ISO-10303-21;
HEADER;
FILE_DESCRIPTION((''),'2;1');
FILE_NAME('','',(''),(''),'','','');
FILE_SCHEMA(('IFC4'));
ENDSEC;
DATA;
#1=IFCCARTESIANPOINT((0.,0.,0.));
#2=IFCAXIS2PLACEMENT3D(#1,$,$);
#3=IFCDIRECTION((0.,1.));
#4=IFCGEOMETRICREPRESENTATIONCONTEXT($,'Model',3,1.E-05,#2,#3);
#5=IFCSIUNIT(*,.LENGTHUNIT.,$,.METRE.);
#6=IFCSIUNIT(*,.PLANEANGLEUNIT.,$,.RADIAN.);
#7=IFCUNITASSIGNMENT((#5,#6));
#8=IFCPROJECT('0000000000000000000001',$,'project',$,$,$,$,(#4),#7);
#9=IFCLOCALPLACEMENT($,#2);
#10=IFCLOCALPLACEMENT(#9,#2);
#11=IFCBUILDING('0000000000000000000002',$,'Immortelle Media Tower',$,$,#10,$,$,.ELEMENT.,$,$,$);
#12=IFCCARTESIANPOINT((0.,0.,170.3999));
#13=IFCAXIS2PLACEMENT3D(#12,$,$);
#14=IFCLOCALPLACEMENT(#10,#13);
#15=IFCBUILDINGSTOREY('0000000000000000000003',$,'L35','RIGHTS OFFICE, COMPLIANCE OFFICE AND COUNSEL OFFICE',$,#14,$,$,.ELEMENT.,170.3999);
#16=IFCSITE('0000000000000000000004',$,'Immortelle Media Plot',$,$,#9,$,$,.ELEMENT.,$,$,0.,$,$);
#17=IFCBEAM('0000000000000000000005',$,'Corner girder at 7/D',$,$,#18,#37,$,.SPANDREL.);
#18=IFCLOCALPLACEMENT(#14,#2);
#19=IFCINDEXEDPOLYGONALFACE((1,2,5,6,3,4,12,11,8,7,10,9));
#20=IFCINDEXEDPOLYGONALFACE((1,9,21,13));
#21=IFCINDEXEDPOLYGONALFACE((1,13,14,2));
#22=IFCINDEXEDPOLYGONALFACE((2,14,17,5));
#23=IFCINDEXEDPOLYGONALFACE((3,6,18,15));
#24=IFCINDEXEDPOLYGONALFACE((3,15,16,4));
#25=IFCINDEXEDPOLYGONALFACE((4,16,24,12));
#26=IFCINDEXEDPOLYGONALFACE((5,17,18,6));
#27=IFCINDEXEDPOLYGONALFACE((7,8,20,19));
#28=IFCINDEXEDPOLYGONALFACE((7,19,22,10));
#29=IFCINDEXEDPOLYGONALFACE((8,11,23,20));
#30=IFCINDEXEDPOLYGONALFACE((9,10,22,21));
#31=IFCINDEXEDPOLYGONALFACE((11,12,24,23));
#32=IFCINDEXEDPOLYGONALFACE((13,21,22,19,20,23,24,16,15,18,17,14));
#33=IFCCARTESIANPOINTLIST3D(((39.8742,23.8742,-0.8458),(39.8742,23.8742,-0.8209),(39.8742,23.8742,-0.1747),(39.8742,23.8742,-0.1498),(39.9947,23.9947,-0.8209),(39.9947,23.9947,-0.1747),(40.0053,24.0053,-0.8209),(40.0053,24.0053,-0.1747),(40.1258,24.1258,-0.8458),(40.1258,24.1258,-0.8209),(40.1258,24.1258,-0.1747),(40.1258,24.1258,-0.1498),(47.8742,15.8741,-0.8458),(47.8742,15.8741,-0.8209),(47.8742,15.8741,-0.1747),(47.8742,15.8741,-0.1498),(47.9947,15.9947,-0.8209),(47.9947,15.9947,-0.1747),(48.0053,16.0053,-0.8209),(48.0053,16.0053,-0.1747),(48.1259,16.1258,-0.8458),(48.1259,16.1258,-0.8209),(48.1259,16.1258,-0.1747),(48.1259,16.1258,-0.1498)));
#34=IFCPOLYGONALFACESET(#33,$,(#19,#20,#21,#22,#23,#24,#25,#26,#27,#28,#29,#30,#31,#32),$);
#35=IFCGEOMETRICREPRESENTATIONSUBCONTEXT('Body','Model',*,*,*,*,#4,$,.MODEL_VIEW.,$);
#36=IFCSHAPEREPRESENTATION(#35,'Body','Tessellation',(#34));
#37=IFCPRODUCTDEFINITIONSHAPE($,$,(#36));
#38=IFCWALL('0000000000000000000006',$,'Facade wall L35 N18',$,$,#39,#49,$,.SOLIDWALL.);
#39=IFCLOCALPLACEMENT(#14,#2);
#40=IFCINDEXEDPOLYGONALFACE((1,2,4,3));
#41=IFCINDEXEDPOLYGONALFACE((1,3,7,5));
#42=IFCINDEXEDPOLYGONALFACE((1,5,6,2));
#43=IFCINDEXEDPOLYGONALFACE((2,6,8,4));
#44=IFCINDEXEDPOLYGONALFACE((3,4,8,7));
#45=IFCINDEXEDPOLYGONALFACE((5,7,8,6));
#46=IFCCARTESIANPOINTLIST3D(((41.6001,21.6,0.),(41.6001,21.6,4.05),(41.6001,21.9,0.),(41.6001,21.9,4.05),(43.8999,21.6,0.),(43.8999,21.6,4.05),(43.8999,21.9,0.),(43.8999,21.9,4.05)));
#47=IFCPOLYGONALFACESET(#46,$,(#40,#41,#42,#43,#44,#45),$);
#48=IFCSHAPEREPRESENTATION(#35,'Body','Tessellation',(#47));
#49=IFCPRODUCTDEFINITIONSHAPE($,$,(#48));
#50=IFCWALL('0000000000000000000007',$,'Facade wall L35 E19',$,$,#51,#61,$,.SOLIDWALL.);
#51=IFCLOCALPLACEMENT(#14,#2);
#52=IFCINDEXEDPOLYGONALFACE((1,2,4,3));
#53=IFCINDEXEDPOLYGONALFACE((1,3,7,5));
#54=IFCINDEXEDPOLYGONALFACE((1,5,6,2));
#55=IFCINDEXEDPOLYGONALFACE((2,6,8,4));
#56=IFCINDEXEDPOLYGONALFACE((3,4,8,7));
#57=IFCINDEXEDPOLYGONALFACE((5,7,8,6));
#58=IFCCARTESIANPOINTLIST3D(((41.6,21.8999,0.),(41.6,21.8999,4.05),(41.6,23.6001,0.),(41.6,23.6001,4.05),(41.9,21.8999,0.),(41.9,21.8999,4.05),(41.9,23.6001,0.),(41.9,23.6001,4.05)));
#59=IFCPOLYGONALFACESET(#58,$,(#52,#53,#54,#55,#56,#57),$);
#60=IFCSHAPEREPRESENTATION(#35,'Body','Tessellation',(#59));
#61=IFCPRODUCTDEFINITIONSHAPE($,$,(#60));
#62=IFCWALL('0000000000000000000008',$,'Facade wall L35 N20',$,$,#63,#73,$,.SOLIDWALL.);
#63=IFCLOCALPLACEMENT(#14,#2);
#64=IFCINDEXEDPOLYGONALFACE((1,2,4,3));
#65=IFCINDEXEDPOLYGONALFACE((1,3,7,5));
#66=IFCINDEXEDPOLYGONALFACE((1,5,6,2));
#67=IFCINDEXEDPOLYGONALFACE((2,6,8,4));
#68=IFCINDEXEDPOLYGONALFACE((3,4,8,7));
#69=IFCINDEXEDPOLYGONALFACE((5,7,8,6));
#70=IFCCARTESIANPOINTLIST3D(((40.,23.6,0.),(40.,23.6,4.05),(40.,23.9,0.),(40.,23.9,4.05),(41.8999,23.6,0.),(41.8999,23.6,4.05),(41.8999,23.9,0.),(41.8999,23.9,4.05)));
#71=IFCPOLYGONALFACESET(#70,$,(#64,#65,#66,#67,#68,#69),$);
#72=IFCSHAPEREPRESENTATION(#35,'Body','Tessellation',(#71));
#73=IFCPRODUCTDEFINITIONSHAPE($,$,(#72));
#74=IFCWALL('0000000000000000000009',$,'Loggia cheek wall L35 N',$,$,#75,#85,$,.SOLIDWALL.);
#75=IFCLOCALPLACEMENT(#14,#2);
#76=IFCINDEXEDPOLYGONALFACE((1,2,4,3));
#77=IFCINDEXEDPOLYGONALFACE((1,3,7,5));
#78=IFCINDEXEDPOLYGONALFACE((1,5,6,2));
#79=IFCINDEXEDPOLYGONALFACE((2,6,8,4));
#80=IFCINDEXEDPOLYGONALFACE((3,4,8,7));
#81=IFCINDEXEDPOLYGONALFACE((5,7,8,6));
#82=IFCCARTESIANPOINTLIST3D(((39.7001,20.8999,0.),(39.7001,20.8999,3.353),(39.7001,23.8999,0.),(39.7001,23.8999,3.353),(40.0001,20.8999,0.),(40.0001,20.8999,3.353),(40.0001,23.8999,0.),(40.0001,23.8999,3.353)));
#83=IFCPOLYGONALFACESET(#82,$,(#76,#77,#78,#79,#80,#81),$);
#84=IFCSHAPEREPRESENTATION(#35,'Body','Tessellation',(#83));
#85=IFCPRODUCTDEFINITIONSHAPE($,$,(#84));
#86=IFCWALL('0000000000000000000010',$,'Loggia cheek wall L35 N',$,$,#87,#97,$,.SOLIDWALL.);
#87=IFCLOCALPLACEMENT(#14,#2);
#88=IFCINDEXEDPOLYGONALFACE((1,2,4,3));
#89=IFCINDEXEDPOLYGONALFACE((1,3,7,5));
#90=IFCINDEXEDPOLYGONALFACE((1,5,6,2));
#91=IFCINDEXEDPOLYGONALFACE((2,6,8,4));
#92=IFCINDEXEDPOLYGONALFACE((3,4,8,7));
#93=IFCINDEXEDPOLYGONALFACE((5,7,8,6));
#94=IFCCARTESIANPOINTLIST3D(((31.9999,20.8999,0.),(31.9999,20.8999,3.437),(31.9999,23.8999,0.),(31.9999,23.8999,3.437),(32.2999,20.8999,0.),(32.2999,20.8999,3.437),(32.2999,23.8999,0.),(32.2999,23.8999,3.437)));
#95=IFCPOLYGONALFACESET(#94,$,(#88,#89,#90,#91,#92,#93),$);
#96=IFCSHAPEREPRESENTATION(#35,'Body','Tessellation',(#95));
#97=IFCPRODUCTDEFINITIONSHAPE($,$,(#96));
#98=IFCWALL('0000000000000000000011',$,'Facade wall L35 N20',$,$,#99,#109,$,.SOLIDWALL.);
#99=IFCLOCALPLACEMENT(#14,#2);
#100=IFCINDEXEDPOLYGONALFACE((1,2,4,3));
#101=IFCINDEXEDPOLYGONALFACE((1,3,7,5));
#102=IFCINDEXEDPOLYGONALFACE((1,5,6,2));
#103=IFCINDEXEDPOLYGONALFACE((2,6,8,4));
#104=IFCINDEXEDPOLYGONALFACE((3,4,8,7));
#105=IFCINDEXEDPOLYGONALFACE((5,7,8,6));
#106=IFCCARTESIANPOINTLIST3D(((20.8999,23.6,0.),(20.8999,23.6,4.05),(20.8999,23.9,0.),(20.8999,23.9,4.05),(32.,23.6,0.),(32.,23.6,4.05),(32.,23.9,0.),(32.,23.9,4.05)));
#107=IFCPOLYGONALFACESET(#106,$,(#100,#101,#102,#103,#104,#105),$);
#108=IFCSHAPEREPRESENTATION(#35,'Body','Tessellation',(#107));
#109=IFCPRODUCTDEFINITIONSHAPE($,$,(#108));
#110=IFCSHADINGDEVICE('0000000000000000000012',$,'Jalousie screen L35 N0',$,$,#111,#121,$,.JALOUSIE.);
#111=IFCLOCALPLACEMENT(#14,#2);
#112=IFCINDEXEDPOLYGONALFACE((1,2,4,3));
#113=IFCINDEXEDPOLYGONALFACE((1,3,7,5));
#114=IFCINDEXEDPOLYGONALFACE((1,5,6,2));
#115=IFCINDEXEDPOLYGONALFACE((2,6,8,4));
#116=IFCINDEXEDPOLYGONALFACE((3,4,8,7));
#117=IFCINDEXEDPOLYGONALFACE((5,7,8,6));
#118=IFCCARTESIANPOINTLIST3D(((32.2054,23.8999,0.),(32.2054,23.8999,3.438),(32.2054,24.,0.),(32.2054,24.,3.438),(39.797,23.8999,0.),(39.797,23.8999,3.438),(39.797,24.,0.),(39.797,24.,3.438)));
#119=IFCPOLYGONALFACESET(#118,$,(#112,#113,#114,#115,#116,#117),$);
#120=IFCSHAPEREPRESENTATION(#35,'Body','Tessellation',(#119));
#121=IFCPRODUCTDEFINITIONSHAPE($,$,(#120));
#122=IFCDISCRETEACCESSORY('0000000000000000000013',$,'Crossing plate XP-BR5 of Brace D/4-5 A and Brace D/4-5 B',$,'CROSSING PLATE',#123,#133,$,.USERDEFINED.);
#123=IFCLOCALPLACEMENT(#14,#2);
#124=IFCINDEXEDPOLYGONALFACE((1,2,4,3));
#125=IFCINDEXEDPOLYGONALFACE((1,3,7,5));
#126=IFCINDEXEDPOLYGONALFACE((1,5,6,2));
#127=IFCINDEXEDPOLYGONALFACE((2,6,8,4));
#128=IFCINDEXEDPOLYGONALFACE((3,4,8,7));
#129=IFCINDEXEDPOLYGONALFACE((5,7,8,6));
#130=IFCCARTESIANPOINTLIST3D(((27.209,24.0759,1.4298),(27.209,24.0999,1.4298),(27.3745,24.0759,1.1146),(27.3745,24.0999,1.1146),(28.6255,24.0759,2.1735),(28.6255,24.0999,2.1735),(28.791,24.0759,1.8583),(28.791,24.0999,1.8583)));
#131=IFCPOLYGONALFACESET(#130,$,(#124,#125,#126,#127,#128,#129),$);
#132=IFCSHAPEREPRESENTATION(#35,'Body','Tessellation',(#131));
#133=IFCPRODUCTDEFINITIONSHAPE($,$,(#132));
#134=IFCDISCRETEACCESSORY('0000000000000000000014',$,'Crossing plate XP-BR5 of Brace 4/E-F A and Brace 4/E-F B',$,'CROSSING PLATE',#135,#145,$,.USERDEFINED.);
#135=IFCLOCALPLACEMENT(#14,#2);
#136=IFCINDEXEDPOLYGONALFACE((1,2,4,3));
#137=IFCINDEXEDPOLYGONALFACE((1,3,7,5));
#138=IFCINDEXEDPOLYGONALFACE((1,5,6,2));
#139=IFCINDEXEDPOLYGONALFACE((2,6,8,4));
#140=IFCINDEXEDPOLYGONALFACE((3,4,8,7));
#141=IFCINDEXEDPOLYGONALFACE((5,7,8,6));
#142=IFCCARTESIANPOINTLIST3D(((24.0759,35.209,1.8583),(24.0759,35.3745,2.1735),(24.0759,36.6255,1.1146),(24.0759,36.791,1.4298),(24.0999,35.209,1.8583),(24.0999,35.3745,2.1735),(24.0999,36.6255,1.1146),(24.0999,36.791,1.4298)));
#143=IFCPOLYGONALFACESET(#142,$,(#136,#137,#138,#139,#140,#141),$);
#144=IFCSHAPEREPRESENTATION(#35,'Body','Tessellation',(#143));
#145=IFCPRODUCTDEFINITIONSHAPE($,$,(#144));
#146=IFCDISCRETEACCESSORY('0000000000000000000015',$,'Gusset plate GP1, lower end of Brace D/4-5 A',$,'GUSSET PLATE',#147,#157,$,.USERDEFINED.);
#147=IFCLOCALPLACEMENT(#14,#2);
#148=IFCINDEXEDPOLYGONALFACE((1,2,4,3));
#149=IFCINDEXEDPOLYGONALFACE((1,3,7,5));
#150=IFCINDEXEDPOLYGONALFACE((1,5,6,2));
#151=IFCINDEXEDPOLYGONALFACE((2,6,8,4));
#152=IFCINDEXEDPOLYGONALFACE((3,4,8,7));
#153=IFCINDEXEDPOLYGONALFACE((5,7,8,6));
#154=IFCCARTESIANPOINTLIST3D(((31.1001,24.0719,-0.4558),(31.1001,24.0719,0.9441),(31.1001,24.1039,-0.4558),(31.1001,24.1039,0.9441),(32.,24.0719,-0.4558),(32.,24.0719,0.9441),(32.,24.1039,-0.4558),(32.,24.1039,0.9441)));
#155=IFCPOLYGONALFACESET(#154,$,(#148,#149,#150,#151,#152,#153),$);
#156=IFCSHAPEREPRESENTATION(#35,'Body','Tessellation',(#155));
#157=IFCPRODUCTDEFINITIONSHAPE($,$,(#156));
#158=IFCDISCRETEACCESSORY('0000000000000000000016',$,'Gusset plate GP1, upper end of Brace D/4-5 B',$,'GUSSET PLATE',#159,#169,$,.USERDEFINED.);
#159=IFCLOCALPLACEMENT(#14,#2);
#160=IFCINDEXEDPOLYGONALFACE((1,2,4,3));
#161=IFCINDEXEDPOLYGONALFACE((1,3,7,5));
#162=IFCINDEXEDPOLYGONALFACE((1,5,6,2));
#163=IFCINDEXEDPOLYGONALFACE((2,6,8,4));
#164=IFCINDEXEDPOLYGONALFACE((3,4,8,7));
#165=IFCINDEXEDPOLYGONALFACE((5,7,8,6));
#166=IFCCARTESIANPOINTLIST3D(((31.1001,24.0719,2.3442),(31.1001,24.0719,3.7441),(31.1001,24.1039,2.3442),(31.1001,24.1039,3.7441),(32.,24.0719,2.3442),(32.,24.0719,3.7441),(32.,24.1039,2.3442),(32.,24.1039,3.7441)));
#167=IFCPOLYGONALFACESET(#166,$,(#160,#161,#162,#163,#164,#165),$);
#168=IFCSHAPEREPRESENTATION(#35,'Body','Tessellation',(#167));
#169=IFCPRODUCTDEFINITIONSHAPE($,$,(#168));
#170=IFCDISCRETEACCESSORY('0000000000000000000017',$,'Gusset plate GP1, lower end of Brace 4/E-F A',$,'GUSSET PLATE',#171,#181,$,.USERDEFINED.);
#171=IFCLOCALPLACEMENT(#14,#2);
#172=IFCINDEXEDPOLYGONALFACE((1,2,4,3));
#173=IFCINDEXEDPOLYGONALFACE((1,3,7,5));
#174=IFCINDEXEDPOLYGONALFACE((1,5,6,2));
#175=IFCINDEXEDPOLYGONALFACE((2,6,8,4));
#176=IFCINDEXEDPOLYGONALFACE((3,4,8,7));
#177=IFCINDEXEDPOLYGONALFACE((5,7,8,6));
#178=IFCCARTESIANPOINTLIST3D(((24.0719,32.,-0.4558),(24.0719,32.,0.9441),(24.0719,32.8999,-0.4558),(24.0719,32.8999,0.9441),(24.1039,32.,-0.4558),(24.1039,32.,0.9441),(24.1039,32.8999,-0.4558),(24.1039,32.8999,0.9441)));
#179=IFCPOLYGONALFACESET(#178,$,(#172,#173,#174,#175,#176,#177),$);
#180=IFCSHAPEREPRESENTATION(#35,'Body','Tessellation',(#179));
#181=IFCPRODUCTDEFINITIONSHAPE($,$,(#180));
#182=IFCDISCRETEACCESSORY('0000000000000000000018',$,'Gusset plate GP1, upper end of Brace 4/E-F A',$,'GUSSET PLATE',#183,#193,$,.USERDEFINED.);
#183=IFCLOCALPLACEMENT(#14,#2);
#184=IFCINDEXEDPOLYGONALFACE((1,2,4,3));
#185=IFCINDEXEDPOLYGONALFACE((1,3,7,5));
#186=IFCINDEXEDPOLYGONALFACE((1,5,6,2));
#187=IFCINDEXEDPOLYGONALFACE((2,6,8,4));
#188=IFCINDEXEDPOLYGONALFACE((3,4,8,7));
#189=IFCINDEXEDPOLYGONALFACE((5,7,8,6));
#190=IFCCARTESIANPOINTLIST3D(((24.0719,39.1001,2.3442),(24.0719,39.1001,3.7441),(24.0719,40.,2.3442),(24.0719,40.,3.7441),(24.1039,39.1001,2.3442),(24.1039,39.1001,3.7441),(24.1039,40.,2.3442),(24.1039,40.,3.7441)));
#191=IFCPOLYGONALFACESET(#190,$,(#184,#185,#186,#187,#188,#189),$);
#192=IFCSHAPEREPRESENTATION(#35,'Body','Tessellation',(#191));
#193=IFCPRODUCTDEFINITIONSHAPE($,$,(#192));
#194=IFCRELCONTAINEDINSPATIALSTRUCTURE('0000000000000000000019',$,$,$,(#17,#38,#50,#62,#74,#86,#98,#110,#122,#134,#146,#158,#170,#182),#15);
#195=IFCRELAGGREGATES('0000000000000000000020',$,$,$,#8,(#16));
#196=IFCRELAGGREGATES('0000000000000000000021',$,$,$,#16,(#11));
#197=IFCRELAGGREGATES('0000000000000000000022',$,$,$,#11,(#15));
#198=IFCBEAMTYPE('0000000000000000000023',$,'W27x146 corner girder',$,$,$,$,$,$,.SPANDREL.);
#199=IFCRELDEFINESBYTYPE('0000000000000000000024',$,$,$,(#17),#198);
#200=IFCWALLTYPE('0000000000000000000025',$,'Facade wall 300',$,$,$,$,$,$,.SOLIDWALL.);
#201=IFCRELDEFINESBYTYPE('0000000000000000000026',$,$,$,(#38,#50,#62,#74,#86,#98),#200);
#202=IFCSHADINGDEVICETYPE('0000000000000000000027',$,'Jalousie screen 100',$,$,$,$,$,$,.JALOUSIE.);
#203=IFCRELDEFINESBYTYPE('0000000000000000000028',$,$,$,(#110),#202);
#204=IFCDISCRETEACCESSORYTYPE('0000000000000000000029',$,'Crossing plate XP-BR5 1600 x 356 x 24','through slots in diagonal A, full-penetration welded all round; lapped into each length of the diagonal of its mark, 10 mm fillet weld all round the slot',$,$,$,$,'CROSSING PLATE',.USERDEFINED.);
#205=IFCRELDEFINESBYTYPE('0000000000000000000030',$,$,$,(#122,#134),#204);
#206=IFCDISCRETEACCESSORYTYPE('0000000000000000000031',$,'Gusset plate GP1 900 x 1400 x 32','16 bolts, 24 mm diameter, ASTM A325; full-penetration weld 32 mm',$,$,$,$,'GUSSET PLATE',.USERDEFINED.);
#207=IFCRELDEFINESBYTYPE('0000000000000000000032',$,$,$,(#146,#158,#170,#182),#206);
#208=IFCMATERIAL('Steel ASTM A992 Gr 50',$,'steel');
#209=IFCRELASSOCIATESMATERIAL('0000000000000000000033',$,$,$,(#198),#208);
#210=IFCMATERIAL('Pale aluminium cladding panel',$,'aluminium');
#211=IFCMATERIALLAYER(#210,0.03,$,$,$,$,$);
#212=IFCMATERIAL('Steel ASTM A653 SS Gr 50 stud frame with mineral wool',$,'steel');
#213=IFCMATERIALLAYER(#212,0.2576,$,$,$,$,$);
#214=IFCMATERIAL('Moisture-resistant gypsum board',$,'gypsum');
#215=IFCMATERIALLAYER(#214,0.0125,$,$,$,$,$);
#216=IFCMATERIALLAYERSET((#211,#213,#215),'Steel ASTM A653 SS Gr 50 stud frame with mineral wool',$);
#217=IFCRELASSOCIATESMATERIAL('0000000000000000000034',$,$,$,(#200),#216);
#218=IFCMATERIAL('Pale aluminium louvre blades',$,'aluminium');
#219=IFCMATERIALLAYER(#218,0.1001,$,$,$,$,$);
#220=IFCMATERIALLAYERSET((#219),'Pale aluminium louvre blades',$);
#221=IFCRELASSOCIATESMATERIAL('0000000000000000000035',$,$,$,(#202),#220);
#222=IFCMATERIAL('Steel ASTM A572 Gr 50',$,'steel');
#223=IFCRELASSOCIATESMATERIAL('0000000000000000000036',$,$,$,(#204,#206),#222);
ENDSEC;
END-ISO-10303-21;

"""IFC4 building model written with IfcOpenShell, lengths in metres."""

from ifc_helpers import new_model, si_unit, direction, frame, frame_2d, origin, origin_2d, place, context, subcontext, project, spatial, rectangle, i_section, extrude, material, layer, layer_set, material_profile, profile_set, type_object, element, save


model = new_model("IFC4")

# Units and contexts
model_context = context("Model", 3, precision=1e-05, world=origin(), true_north=direction((0.0, 1.0)))
body_context = subcontext(model_context, "Body", "Model", "MODEL_VIEW")
ifc_project = project(units=[si_unit("LENGTHUNIT", "METRE"), si_unit("PLANEANGLEUNIT", "RADIAN")], contexts=[model_context])

# Site, building, storey
site_placement = place(None, origin())
site = spatial("IfcSite", under=ifc_project, at=site_placement, Name="Immortelle Media Plot", CompositionType="ELEMENT", RefElevation=0.0)
building_placement = place(site_placement, origin())
building = spatial("IfcBuilding", under=site, at=building_placement, Name="Immortelle Media Tower", CompositionType="ELEMENT")
storey_placement = place(building_placement, frame((0.0, 0.0, 170.3999)))
storey = spatial("IfcBuildingStorey", under=building, at=storey_placement, Name="L35", Description="RIGHTS OFFICE, COMPLIANCE OFFICE AND COUNSEL OFFICE", CompositionType="ELEMENT", Elevation=170.3999)

# Shared definitions
ifc_material_1 = material(Name="Steel ASTM A992 Gr 50", Category="steel")

# Beam
ifc_material_profile_1 = material_profile(ifc_material_1, i_section(OverallWidth=0.356, OverallDepth=0.696, WebThickness=0.0149, FlangeThickness=0.0249, at=origin_2d()), Name="W27x146")
ifc_profile_set_1 = profile_set([ifc_material_profile_1], Name="Steel ASTM A992 Gr 50")
beam_type_1 = type_object("IfcBeamType", Name="W27x146 corner girder", PredefinedType="SPANDREL", material=ifc_profile_set_1)
beam_1_placement = place(storey_placement, frame((40.0, 24.0, -0.4978), z_axis=(0.707107, -0.707107, 0.0), x_axis=(0.707107, 0.707107, 0.0)))
element("IfcBeam", 1, at=beam_1_placement, inside=storey, type_object=beam_type_1, Name="Corner girder at 7/D", PredefinedType="SPANDREL", context=body_context, shape_type="SweptSolid", body=[
    extrude(i_section(OverallWidth=0.356, OverallDepth=0.696, WebThickness=0.0149, FlangeThickness=0.0249, at=origin_2d()), origin(), (0.0, 0.0, 1.0), 11.3137),
])

# Walls
ifc_material_2 = material(Name="Pale aluminium cladding panel", Category="aluminium")
ifc_layer_1 = layer(ifc_material_2, 0.03)
ifc_material_3 = material(Name="Steel ASTM A653 SS Gr 50 stud frame with mineral wool", Category="steel")
ifc_layer_2 = layer(ifc_material_3, 0.2576)
ifc_material_4 = material(Name="Moisture-resistant gypsum board", Category="gypsum")
ifc_layer_3 = layer(ifc_material_4, 0.0125)
ifc_layer_set_1 = layer_set([ifc_layer_1, ifc_layer_2, ifc_layer_3], Name="Steel ASTM A653 SS Gr 50 stud frame with mineral wool")
wall_type = type_object("IfcWallType", Name="Facade wall 300", PredefinedType="SOLIDWALL", material=ifc_layer_set_1)
wall_1_placement = place(storey_placement, frame((43.8999, 21.75, 0.0), z_axis=(0.0, 0.0, 1.0), x_axis=(-1.0, 0.0, 0.0)))
element("IfcWall", 2, at=wall_1_placement, inside=storey, type_object=wall_type, Name="Facade wall L35 N18", PredefinedType="SOLIDWALL", context=body_context, shape_type="SweptSolid", body=[
    extrude(rectangle(XDim=2.2998, YDim=0.3, at=frame_2d((1.1499, 0.0))), origin(), (0.0, 0.0, 1.0), 4.05),
])
wall_2_placement = place(storey_placement, frame((41.75, 21.8999, 0.0), z_axis=(0.0, 0.0, 1.0), x_axis=(0.0, 1.0, 0.0)))
element("IfcWall", 3, at=wall_2_placement, inside=storey, type_object=wall_type, Name="Facade wall L35 E19", PredefinedType="SOLIDWALL", context=body_context, shape_type="SweptSolid", body=[
    extrude(rectangle(XDim=1.7002, YDim=0.3, at=frame_2d((0.8501, 0.0))), origin(), (0.0, 0.0, 1.0), 4.05),
])
wall_3_placement = place(storey_placement, frame((41.8999, 23.75, 0.0), z_axis=(0.0, 0.0, 1.0), x_axis=(-1.0, 0.0, 0.0)))
element("IfcWall", 4, at=wall_3_placement, inside=storey, type_object=wall_type, Name="Facade wall L35 N20", PredefinedType="SOLIDWALL", context=body_context, shape_type="SweptSolid", body=[
    extrude(rectangle(XDim=1.8999, YDim=0.3, at=frame_2d((0.95, 0.0))), origin(), (0.0, 0.0, 1.0), 4.05),
])
wall_4_placement = place(storey_placement, frame((39.8501, 23.8999, 0.0), z_axis=(0.0, 0.0, 1.0), x_axis=(0.0, -1.0, 0.0)))
element("IfcWall", 5, at=wall_4_placement, inside=storey, type_object=wall_type, Name="Loggia cheek wall L35 N", PredefinedType="SOLIDWALL", context=body_context, shape_type="SweptSolid", body=[
    extrude(rectangle(XDim=3.0, YDim=0.3, at=frame_2d((1.5, 0.0))), origin(), (0.0, 0.0, 1.0), 3.353),
])
wall_5_placement = place(storey_placement, frame((32.1499, 23.8999, 0.0), z_axis=(0.0, 0.0, 1.0), x_axis=(0.0, -1.0, 0.0)))
element("IfcWall", 6, at=wall_5_placement, inside=storey, type_object=wall_type, Name="Loggia cheek wall L35 N", PredefinedType="SOLIDWALL", context=body_context, shape_type="SweptSolid", body=[
    extrude(rectangle(XDim=3.0, YDim=0.3, at=frame_2d((1.5, 0.0))), origin(), (0.0, 0.0, 1.0), 3.437),
])
wall_6_placement = place(storey_placement, frame((32.0, 23.75, 0.0), z_axis=(0.0, 0.0, 1.0), x_axis=(-1.0, 0.0, 0.0)))
element("IfcWall", 7, at=wall_6_placement, inside=storey, type_object=wall_type, Name="Facade wall L35 N20", PredefinedType="SOLIDWALL", context=body_context, shape_type="SweptSolid", body=[
    extrude(rectangle(XDim=11.1001, YDim=0.3, at=frame_2d((5.55, 0.0))), origin(), (0.0, 0.0, 1.0), 4.05),
])

# Shading device
ifc_material_5 = material(Name="Pale aluminium louvre blades", Category="aluminium")
ifc_layer_4 = layer(ifc_material_5, 0.1001)
ifc_layer_set_2 = layer_set([ifc_layer_4], Name="Pale aluminium louvre blades")
shading_device_type = type_object("IfcShadingDeviceType", Name="Jalousie screen 100", PredefinedType="JALOUSIE", material=ifc_layer_set_2)
shading_device_placement = place(storey_placement, frame((36.0012, 23.95, 0.0), z_axis=(0.0, 0.0, 1.0), x_axis=(-1.0, 0.0, 0.0)))
element("IfcShadingDevice", 8, at=shading_device_placement, inside=storey, type_object=shading_device_type, Name="Jalousie screen L35 N0", PredefinedType="JALOUSIE", context=body_context, shape_type="SweptSolid", body=[
    extrude(rectangle(XDim=7.5916, YDim=0.1001, at=origin_2d()), origin(), (0.0, 0.0, 1.0), 3.438),
])

# Discrete accessories
ifc_material_6 = material(Name="Steel ASTM A572 Gr 50", Category="steel")
ifc_material_profile_2 = material_profile(ifc_material_6, rectangle(XDim=0.0239, YDim=0.356, at=origin_2d()), Name="PL 24 x 356")
ifc_profile_set_2 = profile_set([ifc_material_profile_2], Name="Steel ASTM A572 Gr 50")
discrete_accessory_type_1 = type_object("IfcDiscreteAccessoryType", Name="Crossing plate XP-BR5 1600 x 356 x 24", Description="through slots in diagonal A, full-penetration welded all round; lapped into each length of the diagonal of its mark, 10 mm fillet weld all round the slot", ElementType="CROSSING PLATE", PredefinedType="USERDEFINED", material=ifc_profile_set_2)
for number, where, z_axis, x_axis, name in (
    (9, (28.7083, 24.0879, 2.0159), (-0.885401, 0.0, -0.464828), (0.0, -1.0, 0.0), "Crossing plate XP-BR5 of Brace D/4-5 A and Brace D/4-5 B"),
    (10, (24.0879, 35.2917, 2.0159), (0.0, 0.885401, -0.464828), (-1.0, 0.0, 0.0), "Crossing plate XP-BR5 of Brace 4/E-F A and Brace 4/E-F B"),
):
    element("IfcDiscreteAccessory", number, at=place(storey_placement, frame(where, z_axis=z_axis, x_axis=x_axis)), inside=storey, type_object=discrete_accessory_type_1, Name=name, ObjectType="CROSSING PLATE", PredefinedType="USERDEFINED", context=body_context, shape_type="SweptSolid", body=[
        extrude(rectangle(XDim=0.0239, YDim=0.356, at=origin_2d()), origin(), (0.0, 0.0, 1.0), 1.5999),
    ])
ifc_material_profile_3 = material_profile(ifc_material_6, rectangle(XDim=0.032, YDim=1.3999, at=origin_2d()), Name="PL 32 x 1400")
ifc_profile_set_3 = profile_set([ifc_material_profile_3], Name="Steel ASTM A572 Gr 50")
discrete_accessory_type_2 = type_object("IfcDiscreteAccessoryType", Name="Gusset plate GP1 900 x 1400 x 32", Description="16 bolts, 24 mm diameter, ASTM A325; full-penetration weld 32 mm", ElementType="GUSSET PLATE", PredefinedType="USERDEFINED", material=ifc_profile_set_3)
for number, where, z_axis, x_axis, name in (
    (11, (32.0, 24.0879, 0.2441), (-1.0, 0.0, 0.0), (0.0, -1.0, 0.0), "Gusset plate GP1, lower end of Brace D/4-5 A"),
    (12, (32.0, 24.0879, 3.0442), (-1.0, 0.0, 0.0), (0.0, -1.0, 0.0), "Gusset plate GP1, upper end of Brace D/4-5 B"),
    (13, (24.0879, 32.0, 0.2441), (0.0, 1.0, 0.0), (-1.0, 0.0, 0.0), "Gusset plate GP1, lower end of Brace 4/E-F A"),
    (14, (24.0879, 40.0, 3.0442), (0.0, -1.0, 0.0), (1.0, 0.0, 0.0), "Gusset plate GP1, upper end of Brace 4/E-F A"),
):
    element("IfcDiscreteAccessory", number, at=place(storey_placement, frame(where, z_axis=z_axis, x_axis=x_axis)), inside=storey, type_object=discrete_accessory_type_2, Name=name, ObjectType="GUSSET PLATE", PredefinedType="USERDEFINED", context=body_context, shape_type="SweptSolid", body=[
        extrude(rectangle(XDim=0.032, YDim=1.3999, at=origin_2d()), origin(), (0.0, 0.0, 1.0), 0.8999),
    ])

save(model, "model.ifc")
